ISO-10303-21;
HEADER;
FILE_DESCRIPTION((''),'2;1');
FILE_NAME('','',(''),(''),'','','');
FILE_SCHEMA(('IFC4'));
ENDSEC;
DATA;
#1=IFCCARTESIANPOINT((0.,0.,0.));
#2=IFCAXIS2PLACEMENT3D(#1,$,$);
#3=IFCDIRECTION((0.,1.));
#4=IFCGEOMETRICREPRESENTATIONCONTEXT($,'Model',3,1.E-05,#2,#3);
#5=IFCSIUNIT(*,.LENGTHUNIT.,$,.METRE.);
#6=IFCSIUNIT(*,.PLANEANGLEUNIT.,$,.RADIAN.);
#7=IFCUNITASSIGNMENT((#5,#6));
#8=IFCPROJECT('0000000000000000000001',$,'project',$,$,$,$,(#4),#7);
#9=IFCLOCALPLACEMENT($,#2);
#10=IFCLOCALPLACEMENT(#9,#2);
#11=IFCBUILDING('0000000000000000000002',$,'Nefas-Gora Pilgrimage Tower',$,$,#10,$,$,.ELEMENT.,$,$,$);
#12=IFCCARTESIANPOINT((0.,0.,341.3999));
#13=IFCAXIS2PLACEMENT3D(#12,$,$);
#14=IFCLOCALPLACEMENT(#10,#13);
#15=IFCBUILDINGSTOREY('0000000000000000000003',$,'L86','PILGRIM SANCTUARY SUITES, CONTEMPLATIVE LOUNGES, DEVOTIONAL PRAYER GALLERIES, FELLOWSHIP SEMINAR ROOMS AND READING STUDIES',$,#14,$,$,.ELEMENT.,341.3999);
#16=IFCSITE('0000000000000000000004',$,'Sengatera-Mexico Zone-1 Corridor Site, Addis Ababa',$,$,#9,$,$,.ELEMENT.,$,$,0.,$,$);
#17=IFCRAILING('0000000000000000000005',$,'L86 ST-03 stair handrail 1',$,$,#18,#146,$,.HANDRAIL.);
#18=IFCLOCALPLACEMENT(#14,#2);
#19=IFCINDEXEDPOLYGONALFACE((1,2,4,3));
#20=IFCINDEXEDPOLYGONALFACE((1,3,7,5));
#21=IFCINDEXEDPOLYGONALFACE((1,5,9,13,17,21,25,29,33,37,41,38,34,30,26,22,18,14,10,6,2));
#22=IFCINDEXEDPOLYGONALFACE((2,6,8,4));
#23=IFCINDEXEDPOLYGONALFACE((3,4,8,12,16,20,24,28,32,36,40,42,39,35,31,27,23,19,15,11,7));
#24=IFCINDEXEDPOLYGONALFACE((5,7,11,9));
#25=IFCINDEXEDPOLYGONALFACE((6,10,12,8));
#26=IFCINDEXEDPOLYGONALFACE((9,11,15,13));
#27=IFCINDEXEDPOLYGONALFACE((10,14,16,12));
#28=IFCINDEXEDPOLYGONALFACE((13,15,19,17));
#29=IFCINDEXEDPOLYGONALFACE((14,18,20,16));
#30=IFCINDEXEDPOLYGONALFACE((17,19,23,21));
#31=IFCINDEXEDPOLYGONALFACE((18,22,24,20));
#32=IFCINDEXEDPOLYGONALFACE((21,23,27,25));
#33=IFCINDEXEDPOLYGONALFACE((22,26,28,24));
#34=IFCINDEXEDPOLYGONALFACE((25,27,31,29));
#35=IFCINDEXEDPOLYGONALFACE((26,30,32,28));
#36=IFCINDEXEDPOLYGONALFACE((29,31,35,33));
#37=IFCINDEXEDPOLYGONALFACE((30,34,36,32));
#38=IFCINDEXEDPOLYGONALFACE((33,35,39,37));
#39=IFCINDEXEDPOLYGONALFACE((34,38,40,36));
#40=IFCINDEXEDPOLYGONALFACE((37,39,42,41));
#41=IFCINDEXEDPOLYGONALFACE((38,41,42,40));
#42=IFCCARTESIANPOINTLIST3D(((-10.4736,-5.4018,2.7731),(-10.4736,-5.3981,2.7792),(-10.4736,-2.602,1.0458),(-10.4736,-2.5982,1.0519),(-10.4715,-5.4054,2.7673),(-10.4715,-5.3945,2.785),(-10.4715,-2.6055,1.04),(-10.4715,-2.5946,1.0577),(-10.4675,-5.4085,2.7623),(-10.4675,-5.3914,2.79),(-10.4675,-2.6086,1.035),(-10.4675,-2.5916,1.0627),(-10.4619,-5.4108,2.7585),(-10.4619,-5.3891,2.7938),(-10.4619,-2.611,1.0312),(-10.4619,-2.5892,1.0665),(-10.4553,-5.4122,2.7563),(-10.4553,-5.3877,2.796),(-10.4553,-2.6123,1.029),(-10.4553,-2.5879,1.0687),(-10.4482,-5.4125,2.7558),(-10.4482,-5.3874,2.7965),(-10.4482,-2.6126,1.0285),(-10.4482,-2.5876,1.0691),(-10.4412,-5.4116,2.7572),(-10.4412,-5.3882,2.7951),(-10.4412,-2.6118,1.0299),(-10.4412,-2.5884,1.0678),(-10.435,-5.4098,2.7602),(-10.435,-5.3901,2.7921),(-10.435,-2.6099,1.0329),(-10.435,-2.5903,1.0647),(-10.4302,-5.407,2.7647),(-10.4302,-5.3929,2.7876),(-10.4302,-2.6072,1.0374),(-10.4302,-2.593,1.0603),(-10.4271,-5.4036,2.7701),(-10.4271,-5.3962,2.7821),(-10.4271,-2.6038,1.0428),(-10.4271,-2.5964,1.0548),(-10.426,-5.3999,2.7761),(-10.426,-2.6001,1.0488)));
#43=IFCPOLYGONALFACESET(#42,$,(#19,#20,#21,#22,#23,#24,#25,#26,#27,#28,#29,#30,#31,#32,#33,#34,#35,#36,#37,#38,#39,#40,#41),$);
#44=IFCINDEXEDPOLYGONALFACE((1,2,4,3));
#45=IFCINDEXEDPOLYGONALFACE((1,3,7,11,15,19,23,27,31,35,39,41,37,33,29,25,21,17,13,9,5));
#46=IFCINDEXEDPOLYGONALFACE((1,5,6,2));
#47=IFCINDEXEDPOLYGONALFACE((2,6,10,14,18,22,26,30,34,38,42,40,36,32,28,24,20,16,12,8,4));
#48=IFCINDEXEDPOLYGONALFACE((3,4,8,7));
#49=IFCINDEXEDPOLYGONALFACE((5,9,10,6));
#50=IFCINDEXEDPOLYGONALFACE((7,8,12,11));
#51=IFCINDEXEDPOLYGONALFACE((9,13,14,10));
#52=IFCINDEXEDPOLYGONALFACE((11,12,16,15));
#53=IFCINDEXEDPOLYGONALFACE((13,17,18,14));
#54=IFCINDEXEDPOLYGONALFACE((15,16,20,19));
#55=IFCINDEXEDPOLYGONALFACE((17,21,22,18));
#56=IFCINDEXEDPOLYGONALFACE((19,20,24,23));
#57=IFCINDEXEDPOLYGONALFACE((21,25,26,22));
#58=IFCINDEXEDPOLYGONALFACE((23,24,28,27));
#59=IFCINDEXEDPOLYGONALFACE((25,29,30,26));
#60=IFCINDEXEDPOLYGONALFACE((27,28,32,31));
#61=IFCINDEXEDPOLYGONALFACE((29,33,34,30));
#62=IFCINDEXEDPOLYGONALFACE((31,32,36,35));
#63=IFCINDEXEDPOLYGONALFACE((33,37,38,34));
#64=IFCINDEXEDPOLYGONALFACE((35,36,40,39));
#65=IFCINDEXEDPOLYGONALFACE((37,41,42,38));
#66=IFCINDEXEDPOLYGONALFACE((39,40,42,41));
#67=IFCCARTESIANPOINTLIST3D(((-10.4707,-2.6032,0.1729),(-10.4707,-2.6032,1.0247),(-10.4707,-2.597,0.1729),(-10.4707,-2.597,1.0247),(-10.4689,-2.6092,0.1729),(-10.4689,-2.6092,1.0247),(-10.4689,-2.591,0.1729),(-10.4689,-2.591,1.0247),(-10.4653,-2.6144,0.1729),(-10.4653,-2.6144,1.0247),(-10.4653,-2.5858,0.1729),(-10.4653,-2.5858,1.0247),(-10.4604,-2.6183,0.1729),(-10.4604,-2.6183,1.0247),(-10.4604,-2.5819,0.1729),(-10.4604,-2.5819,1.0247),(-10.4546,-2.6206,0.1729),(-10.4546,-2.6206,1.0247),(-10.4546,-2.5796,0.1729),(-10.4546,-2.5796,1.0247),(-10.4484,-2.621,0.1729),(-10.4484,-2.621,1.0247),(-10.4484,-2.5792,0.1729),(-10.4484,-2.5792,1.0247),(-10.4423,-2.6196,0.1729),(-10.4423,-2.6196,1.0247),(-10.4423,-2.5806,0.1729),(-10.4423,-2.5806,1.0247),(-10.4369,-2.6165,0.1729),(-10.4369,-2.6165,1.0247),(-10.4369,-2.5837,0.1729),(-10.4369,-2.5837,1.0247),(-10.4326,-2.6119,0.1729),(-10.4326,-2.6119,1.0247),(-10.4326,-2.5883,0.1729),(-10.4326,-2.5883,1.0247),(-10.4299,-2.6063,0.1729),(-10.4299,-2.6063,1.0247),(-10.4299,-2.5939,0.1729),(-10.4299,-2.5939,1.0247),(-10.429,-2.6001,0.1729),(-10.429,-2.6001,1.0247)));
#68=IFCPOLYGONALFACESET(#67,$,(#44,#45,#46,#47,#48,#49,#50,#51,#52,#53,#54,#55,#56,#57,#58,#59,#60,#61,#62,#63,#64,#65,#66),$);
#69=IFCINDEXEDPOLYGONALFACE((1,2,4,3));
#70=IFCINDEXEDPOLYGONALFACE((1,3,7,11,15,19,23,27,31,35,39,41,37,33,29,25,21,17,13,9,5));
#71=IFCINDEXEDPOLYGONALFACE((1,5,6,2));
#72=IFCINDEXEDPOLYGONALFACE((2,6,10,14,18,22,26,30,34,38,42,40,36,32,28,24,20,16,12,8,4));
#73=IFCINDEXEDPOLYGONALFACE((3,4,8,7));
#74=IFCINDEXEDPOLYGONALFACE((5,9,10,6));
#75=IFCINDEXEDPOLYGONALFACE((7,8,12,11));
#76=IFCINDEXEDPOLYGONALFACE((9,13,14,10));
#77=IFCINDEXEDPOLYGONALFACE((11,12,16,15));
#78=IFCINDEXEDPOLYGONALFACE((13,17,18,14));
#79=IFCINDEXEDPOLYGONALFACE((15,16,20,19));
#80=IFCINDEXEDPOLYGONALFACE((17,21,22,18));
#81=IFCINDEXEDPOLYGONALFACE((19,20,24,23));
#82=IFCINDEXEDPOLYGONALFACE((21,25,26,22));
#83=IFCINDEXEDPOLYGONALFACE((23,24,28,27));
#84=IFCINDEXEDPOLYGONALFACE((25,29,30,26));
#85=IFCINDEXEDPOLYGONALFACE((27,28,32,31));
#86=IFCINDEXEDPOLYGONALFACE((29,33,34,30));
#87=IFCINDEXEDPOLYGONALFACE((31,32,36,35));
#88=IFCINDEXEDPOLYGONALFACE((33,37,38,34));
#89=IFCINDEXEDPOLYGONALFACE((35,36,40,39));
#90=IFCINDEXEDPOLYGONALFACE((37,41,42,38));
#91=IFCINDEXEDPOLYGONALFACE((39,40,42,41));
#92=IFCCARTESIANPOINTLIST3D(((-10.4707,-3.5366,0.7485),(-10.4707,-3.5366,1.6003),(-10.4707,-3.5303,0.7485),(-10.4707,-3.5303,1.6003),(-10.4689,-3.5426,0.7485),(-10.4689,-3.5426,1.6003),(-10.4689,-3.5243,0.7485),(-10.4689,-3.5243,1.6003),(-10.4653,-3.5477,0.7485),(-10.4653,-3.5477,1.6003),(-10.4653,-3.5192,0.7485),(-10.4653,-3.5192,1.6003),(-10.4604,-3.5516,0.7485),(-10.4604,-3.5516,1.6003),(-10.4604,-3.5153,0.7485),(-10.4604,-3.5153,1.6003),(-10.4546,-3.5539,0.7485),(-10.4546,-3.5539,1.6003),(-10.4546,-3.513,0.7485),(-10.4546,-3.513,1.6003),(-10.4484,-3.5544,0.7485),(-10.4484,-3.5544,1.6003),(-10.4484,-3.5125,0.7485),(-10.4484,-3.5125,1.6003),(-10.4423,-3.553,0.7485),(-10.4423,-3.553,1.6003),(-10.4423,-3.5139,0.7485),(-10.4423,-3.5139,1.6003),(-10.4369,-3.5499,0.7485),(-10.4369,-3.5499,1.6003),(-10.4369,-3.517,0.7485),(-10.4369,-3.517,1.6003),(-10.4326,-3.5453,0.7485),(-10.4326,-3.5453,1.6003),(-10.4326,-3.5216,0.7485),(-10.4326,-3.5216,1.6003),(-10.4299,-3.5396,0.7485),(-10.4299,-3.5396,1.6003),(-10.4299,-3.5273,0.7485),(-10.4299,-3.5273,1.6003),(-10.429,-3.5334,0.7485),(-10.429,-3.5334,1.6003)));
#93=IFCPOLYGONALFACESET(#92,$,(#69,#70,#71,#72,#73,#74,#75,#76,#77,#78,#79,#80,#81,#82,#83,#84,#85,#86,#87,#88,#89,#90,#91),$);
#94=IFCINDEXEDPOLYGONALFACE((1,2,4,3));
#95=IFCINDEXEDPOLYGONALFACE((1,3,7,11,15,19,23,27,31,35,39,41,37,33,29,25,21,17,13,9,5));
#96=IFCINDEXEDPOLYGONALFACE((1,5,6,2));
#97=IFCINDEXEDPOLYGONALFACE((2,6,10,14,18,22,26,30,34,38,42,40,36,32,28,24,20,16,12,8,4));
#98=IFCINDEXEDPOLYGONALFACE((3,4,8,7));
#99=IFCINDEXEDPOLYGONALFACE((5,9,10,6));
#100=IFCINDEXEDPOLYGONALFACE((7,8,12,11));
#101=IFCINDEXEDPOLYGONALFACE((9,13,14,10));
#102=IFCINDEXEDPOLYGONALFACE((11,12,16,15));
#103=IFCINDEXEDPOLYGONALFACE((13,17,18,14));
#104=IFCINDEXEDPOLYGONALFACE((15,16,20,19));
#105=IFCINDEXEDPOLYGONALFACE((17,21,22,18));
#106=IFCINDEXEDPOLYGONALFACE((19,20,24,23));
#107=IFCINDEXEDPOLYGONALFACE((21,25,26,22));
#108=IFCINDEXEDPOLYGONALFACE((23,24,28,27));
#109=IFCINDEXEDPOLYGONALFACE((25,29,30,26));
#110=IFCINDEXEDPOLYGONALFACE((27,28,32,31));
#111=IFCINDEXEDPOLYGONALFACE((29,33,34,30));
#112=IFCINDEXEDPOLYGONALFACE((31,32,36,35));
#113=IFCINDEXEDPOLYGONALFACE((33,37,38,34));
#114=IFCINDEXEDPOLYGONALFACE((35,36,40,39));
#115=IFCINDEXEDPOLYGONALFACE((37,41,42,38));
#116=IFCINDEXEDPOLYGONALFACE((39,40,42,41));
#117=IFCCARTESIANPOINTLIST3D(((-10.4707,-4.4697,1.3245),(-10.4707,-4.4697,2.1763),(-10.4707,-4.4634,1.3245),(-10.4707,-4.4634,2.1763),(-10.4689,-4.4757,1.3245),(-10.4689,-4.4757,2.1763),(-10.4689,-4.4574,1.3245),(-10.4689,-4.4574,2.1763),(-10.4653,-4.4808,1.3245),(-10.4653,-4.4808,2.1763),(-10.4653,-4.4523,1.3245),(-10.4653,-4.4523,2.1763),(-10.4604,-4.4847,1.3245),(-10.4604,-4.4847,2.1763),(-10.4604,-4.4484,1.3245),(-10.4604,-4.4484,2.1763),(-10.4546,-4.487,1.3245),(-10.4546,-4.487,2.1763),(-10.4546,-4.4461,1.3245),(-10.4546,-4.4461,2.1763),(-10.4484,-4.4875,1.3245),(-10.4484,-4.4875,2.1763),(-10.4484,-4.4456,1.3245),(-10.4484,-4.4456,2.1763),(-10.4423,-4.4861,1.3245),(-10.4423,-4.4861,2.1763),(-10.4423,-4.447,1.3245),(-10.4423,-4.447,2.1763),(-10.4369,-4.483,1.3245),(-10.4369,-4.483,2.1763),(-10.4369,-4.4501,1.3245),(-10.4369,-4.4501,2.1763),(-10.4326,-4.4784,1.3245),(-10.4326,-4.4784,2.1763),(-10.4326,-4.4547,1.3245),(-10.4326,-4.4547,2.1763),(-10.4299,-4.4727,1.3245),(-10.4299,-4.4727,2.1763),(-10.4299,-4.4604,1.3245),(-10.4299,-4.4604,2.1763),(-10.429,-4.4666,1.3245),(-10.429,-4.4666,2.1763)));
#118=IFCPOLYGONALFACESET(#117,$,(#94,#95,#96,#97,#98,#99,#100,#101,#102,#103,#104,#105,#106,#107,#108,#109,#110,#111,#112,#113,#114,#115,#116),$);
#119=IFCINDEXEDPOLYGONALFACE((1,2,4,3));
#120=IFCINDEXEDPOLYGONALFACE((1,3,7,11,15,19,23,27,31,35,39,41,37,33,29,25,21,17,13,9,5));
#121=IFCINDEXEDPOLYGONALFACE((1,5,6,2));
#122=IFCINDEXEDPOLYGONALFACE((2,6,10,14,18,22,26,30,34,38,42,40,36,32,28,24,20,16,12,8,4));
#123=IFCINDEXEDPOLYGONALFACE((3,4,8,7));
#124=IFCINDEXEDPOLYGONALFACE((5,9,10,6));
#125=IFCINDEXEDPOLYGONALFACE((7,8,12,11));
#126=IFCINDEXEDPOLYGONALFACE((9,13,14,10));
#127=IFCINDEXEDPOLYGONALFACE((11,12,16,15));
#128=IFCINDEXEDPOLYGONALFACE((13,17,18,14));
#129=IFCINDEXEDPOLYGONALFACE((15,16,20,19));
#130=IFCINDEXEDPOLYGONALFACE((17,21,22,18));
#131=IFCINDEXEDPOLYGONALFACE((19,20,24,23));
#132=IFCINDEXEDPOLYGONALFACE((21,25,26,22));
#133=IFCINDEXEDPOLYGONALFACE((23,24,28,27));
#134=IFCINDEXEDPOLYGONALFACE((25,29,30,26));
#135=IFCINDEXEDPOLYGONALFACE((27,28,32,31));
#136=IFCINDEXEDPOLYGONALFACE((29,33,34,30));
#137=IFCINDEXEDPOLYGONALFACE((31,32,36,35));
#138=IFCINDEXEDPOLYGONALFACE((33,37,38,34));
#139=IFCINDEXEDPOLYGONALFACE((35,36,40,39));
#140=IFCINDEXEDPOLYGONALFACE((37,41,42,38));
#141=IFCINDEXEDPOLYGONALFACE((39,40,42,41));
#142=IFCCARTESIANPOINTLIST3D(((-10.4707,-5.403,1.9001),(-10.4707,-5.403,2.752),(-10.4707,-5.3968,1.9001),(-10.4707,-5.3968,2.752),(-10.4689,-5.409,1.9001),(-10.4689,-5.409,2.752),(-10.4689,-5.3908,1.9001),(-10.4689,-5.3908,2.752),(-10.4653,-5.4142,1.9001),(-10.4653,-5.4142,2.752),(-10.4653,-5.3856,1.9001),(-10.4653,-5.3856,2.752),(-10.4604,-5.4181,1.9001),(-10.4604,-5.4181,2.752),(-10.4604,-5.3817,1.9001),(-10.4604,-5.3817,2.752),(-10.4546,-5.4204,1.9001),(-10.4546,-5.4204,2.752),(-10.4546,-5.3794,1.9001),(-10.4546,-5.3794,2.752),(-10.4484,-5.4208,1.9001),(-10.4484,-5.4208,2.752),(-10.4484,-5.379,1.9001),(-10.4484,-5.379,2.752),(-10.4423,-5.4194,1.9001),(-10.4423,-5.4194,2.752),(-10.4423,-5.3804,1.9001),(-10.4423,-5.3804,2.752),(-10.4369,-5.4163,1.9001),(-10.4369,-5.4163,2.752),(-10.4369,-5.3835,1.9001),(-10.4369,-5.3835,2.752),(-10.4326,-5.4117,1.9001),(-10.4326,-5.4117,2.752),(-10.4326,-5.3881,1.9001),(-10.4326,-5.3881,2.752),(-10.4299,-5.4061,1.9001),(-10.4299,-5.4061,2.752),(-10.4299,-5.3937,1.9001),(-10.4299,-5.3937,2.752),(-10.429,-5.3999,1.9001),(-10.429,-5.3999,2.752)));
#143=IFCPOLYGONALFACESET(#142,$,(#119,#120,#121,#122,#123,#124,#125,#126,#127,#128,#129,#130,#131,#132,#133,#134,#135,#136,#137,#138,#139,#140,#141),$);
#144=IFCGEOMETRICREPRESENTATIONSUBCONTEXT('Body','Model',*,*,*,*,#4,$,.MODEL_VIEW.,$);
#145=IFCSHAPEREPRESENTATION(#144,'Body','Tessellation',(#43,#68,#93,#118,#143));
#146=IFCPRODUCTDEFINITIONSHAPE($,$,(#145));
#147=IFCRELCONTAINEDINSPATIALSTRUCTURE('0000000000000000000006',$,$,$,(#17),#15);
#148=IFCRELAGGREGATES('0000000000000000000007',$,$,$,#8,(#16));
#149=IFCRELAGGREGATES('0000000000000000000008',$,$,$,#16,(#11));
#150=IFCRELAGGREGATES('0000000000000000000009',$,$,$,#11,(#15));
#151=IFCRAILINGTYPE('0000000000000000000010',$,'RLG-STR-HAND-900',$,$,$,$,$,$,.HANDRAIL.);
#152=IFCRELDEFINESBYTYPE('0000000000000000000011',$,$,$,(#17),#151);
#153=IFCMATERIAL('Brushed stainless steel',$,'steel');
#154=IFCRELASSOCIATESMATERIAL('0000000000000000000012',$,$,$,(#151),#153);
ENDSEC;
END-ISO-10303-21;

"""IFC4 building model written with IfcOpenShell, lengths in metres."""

from ifc_helpers import new_model, si_unit, direction, frame, origin, origin_2d, place, context, subcontext, project, spatial, circle, extrude, material, type_object, element, save


model = new_model("IFC4")

# Units and contexts
model_context = context("Model", 3, precision=1e-05, world=origin(), true_north=direction((0.0, 1.0)))
body_context = subcontext(model_context, "Body", "Model", "MODEL_VIEW")
ifc_project = project(units=[si_unit("LENGTHUNIT", "METRE"), si_unit("PLANEANGLEUNIT", "RADIAN")], contexts=[model_context])

# Site, building, storey
site_placement = place(None, origin())
site = spatial("IfcSite", under=ifc_project, at=site_placement, Name="Sengatera-Mexico Zone-1 Corridor Site, Addis Ababa", CompositionType="ELEMENT", RefElevation=0.0)
building_placement = place(site_placement, origin())
building = spatial("IfcBuilding", under=site, at=building_placement, Name="Nefas-Gora Pilgrimage Tower", CompositionType="ELEMENT")
storey_placement = place(building_placement, frame((0.0, 0.0, 341.3999)))
storey = spatial("IfcBuildingStorey", under=building, at=storey_placement, Name="L86", Description="PILGRIM SANCTUARY SUITES, CONTEMPLATIVE LOUNGES, DEVOTIONAL PRAYER GALLERIES, FELLOWSHIP SEMINAR ROOMS AND READING STUDIES", CompositionType="ELEMENT", Elevation=341.3999)

# Railing
ifc_material_1 = material(Name="Brushed stainless steel", Category="steel")
railing_type_1 = type_object("IfcRailingType", Name="RLG-STR-HAND-900", PredefinedType="HANDRAIL", material=ifc_material_1)
railing_1_placement = place(storey_placement, frame((-10.45, -2.6001, 0.1729)))
element("IfcRailing", 1, at=railing_1_placement, inside=storey, type_object=railing_type_1, Name="L86 ST-03 stair handrail 1", PredefinedType="HANDRAIL", context=body_context, shape_type="SweptSolid", body=[
    extrude(circle(Radius=0.0239, at=origin_2d()), frame((0.0, 0.0, 0.876), z_axis=(0.0, -0.851069, 0.525054), x_axis=(1.0, 0.0, 0.0)), (0.0, 0.0, 1.0), 3.2898),
    extrude(circle(Radius=0.021, at=origin_2d()), origin(), (0.0, 0.0, 1.0), 0.8518),
    extrude(circle(Radius=0.021, at=origin_2d()), frame((0.0, -0.9333, 0.5757)), (0.0, 0.0, 1.0), 0.8518),
    extrude(circle(Radius=0.021, at=origin_2d()), frame((0.0, -1.8665, 1.1516)), (0.0, 0.0, 1.0), 0.8518),
    extrude(circle(Radius=0.021, at=origin_2d()), frame((0.0, -2.7998, 1.7273)), (0.0, 0.0, 1.0), 0.8518),
])

save(model, "model.ifc")
